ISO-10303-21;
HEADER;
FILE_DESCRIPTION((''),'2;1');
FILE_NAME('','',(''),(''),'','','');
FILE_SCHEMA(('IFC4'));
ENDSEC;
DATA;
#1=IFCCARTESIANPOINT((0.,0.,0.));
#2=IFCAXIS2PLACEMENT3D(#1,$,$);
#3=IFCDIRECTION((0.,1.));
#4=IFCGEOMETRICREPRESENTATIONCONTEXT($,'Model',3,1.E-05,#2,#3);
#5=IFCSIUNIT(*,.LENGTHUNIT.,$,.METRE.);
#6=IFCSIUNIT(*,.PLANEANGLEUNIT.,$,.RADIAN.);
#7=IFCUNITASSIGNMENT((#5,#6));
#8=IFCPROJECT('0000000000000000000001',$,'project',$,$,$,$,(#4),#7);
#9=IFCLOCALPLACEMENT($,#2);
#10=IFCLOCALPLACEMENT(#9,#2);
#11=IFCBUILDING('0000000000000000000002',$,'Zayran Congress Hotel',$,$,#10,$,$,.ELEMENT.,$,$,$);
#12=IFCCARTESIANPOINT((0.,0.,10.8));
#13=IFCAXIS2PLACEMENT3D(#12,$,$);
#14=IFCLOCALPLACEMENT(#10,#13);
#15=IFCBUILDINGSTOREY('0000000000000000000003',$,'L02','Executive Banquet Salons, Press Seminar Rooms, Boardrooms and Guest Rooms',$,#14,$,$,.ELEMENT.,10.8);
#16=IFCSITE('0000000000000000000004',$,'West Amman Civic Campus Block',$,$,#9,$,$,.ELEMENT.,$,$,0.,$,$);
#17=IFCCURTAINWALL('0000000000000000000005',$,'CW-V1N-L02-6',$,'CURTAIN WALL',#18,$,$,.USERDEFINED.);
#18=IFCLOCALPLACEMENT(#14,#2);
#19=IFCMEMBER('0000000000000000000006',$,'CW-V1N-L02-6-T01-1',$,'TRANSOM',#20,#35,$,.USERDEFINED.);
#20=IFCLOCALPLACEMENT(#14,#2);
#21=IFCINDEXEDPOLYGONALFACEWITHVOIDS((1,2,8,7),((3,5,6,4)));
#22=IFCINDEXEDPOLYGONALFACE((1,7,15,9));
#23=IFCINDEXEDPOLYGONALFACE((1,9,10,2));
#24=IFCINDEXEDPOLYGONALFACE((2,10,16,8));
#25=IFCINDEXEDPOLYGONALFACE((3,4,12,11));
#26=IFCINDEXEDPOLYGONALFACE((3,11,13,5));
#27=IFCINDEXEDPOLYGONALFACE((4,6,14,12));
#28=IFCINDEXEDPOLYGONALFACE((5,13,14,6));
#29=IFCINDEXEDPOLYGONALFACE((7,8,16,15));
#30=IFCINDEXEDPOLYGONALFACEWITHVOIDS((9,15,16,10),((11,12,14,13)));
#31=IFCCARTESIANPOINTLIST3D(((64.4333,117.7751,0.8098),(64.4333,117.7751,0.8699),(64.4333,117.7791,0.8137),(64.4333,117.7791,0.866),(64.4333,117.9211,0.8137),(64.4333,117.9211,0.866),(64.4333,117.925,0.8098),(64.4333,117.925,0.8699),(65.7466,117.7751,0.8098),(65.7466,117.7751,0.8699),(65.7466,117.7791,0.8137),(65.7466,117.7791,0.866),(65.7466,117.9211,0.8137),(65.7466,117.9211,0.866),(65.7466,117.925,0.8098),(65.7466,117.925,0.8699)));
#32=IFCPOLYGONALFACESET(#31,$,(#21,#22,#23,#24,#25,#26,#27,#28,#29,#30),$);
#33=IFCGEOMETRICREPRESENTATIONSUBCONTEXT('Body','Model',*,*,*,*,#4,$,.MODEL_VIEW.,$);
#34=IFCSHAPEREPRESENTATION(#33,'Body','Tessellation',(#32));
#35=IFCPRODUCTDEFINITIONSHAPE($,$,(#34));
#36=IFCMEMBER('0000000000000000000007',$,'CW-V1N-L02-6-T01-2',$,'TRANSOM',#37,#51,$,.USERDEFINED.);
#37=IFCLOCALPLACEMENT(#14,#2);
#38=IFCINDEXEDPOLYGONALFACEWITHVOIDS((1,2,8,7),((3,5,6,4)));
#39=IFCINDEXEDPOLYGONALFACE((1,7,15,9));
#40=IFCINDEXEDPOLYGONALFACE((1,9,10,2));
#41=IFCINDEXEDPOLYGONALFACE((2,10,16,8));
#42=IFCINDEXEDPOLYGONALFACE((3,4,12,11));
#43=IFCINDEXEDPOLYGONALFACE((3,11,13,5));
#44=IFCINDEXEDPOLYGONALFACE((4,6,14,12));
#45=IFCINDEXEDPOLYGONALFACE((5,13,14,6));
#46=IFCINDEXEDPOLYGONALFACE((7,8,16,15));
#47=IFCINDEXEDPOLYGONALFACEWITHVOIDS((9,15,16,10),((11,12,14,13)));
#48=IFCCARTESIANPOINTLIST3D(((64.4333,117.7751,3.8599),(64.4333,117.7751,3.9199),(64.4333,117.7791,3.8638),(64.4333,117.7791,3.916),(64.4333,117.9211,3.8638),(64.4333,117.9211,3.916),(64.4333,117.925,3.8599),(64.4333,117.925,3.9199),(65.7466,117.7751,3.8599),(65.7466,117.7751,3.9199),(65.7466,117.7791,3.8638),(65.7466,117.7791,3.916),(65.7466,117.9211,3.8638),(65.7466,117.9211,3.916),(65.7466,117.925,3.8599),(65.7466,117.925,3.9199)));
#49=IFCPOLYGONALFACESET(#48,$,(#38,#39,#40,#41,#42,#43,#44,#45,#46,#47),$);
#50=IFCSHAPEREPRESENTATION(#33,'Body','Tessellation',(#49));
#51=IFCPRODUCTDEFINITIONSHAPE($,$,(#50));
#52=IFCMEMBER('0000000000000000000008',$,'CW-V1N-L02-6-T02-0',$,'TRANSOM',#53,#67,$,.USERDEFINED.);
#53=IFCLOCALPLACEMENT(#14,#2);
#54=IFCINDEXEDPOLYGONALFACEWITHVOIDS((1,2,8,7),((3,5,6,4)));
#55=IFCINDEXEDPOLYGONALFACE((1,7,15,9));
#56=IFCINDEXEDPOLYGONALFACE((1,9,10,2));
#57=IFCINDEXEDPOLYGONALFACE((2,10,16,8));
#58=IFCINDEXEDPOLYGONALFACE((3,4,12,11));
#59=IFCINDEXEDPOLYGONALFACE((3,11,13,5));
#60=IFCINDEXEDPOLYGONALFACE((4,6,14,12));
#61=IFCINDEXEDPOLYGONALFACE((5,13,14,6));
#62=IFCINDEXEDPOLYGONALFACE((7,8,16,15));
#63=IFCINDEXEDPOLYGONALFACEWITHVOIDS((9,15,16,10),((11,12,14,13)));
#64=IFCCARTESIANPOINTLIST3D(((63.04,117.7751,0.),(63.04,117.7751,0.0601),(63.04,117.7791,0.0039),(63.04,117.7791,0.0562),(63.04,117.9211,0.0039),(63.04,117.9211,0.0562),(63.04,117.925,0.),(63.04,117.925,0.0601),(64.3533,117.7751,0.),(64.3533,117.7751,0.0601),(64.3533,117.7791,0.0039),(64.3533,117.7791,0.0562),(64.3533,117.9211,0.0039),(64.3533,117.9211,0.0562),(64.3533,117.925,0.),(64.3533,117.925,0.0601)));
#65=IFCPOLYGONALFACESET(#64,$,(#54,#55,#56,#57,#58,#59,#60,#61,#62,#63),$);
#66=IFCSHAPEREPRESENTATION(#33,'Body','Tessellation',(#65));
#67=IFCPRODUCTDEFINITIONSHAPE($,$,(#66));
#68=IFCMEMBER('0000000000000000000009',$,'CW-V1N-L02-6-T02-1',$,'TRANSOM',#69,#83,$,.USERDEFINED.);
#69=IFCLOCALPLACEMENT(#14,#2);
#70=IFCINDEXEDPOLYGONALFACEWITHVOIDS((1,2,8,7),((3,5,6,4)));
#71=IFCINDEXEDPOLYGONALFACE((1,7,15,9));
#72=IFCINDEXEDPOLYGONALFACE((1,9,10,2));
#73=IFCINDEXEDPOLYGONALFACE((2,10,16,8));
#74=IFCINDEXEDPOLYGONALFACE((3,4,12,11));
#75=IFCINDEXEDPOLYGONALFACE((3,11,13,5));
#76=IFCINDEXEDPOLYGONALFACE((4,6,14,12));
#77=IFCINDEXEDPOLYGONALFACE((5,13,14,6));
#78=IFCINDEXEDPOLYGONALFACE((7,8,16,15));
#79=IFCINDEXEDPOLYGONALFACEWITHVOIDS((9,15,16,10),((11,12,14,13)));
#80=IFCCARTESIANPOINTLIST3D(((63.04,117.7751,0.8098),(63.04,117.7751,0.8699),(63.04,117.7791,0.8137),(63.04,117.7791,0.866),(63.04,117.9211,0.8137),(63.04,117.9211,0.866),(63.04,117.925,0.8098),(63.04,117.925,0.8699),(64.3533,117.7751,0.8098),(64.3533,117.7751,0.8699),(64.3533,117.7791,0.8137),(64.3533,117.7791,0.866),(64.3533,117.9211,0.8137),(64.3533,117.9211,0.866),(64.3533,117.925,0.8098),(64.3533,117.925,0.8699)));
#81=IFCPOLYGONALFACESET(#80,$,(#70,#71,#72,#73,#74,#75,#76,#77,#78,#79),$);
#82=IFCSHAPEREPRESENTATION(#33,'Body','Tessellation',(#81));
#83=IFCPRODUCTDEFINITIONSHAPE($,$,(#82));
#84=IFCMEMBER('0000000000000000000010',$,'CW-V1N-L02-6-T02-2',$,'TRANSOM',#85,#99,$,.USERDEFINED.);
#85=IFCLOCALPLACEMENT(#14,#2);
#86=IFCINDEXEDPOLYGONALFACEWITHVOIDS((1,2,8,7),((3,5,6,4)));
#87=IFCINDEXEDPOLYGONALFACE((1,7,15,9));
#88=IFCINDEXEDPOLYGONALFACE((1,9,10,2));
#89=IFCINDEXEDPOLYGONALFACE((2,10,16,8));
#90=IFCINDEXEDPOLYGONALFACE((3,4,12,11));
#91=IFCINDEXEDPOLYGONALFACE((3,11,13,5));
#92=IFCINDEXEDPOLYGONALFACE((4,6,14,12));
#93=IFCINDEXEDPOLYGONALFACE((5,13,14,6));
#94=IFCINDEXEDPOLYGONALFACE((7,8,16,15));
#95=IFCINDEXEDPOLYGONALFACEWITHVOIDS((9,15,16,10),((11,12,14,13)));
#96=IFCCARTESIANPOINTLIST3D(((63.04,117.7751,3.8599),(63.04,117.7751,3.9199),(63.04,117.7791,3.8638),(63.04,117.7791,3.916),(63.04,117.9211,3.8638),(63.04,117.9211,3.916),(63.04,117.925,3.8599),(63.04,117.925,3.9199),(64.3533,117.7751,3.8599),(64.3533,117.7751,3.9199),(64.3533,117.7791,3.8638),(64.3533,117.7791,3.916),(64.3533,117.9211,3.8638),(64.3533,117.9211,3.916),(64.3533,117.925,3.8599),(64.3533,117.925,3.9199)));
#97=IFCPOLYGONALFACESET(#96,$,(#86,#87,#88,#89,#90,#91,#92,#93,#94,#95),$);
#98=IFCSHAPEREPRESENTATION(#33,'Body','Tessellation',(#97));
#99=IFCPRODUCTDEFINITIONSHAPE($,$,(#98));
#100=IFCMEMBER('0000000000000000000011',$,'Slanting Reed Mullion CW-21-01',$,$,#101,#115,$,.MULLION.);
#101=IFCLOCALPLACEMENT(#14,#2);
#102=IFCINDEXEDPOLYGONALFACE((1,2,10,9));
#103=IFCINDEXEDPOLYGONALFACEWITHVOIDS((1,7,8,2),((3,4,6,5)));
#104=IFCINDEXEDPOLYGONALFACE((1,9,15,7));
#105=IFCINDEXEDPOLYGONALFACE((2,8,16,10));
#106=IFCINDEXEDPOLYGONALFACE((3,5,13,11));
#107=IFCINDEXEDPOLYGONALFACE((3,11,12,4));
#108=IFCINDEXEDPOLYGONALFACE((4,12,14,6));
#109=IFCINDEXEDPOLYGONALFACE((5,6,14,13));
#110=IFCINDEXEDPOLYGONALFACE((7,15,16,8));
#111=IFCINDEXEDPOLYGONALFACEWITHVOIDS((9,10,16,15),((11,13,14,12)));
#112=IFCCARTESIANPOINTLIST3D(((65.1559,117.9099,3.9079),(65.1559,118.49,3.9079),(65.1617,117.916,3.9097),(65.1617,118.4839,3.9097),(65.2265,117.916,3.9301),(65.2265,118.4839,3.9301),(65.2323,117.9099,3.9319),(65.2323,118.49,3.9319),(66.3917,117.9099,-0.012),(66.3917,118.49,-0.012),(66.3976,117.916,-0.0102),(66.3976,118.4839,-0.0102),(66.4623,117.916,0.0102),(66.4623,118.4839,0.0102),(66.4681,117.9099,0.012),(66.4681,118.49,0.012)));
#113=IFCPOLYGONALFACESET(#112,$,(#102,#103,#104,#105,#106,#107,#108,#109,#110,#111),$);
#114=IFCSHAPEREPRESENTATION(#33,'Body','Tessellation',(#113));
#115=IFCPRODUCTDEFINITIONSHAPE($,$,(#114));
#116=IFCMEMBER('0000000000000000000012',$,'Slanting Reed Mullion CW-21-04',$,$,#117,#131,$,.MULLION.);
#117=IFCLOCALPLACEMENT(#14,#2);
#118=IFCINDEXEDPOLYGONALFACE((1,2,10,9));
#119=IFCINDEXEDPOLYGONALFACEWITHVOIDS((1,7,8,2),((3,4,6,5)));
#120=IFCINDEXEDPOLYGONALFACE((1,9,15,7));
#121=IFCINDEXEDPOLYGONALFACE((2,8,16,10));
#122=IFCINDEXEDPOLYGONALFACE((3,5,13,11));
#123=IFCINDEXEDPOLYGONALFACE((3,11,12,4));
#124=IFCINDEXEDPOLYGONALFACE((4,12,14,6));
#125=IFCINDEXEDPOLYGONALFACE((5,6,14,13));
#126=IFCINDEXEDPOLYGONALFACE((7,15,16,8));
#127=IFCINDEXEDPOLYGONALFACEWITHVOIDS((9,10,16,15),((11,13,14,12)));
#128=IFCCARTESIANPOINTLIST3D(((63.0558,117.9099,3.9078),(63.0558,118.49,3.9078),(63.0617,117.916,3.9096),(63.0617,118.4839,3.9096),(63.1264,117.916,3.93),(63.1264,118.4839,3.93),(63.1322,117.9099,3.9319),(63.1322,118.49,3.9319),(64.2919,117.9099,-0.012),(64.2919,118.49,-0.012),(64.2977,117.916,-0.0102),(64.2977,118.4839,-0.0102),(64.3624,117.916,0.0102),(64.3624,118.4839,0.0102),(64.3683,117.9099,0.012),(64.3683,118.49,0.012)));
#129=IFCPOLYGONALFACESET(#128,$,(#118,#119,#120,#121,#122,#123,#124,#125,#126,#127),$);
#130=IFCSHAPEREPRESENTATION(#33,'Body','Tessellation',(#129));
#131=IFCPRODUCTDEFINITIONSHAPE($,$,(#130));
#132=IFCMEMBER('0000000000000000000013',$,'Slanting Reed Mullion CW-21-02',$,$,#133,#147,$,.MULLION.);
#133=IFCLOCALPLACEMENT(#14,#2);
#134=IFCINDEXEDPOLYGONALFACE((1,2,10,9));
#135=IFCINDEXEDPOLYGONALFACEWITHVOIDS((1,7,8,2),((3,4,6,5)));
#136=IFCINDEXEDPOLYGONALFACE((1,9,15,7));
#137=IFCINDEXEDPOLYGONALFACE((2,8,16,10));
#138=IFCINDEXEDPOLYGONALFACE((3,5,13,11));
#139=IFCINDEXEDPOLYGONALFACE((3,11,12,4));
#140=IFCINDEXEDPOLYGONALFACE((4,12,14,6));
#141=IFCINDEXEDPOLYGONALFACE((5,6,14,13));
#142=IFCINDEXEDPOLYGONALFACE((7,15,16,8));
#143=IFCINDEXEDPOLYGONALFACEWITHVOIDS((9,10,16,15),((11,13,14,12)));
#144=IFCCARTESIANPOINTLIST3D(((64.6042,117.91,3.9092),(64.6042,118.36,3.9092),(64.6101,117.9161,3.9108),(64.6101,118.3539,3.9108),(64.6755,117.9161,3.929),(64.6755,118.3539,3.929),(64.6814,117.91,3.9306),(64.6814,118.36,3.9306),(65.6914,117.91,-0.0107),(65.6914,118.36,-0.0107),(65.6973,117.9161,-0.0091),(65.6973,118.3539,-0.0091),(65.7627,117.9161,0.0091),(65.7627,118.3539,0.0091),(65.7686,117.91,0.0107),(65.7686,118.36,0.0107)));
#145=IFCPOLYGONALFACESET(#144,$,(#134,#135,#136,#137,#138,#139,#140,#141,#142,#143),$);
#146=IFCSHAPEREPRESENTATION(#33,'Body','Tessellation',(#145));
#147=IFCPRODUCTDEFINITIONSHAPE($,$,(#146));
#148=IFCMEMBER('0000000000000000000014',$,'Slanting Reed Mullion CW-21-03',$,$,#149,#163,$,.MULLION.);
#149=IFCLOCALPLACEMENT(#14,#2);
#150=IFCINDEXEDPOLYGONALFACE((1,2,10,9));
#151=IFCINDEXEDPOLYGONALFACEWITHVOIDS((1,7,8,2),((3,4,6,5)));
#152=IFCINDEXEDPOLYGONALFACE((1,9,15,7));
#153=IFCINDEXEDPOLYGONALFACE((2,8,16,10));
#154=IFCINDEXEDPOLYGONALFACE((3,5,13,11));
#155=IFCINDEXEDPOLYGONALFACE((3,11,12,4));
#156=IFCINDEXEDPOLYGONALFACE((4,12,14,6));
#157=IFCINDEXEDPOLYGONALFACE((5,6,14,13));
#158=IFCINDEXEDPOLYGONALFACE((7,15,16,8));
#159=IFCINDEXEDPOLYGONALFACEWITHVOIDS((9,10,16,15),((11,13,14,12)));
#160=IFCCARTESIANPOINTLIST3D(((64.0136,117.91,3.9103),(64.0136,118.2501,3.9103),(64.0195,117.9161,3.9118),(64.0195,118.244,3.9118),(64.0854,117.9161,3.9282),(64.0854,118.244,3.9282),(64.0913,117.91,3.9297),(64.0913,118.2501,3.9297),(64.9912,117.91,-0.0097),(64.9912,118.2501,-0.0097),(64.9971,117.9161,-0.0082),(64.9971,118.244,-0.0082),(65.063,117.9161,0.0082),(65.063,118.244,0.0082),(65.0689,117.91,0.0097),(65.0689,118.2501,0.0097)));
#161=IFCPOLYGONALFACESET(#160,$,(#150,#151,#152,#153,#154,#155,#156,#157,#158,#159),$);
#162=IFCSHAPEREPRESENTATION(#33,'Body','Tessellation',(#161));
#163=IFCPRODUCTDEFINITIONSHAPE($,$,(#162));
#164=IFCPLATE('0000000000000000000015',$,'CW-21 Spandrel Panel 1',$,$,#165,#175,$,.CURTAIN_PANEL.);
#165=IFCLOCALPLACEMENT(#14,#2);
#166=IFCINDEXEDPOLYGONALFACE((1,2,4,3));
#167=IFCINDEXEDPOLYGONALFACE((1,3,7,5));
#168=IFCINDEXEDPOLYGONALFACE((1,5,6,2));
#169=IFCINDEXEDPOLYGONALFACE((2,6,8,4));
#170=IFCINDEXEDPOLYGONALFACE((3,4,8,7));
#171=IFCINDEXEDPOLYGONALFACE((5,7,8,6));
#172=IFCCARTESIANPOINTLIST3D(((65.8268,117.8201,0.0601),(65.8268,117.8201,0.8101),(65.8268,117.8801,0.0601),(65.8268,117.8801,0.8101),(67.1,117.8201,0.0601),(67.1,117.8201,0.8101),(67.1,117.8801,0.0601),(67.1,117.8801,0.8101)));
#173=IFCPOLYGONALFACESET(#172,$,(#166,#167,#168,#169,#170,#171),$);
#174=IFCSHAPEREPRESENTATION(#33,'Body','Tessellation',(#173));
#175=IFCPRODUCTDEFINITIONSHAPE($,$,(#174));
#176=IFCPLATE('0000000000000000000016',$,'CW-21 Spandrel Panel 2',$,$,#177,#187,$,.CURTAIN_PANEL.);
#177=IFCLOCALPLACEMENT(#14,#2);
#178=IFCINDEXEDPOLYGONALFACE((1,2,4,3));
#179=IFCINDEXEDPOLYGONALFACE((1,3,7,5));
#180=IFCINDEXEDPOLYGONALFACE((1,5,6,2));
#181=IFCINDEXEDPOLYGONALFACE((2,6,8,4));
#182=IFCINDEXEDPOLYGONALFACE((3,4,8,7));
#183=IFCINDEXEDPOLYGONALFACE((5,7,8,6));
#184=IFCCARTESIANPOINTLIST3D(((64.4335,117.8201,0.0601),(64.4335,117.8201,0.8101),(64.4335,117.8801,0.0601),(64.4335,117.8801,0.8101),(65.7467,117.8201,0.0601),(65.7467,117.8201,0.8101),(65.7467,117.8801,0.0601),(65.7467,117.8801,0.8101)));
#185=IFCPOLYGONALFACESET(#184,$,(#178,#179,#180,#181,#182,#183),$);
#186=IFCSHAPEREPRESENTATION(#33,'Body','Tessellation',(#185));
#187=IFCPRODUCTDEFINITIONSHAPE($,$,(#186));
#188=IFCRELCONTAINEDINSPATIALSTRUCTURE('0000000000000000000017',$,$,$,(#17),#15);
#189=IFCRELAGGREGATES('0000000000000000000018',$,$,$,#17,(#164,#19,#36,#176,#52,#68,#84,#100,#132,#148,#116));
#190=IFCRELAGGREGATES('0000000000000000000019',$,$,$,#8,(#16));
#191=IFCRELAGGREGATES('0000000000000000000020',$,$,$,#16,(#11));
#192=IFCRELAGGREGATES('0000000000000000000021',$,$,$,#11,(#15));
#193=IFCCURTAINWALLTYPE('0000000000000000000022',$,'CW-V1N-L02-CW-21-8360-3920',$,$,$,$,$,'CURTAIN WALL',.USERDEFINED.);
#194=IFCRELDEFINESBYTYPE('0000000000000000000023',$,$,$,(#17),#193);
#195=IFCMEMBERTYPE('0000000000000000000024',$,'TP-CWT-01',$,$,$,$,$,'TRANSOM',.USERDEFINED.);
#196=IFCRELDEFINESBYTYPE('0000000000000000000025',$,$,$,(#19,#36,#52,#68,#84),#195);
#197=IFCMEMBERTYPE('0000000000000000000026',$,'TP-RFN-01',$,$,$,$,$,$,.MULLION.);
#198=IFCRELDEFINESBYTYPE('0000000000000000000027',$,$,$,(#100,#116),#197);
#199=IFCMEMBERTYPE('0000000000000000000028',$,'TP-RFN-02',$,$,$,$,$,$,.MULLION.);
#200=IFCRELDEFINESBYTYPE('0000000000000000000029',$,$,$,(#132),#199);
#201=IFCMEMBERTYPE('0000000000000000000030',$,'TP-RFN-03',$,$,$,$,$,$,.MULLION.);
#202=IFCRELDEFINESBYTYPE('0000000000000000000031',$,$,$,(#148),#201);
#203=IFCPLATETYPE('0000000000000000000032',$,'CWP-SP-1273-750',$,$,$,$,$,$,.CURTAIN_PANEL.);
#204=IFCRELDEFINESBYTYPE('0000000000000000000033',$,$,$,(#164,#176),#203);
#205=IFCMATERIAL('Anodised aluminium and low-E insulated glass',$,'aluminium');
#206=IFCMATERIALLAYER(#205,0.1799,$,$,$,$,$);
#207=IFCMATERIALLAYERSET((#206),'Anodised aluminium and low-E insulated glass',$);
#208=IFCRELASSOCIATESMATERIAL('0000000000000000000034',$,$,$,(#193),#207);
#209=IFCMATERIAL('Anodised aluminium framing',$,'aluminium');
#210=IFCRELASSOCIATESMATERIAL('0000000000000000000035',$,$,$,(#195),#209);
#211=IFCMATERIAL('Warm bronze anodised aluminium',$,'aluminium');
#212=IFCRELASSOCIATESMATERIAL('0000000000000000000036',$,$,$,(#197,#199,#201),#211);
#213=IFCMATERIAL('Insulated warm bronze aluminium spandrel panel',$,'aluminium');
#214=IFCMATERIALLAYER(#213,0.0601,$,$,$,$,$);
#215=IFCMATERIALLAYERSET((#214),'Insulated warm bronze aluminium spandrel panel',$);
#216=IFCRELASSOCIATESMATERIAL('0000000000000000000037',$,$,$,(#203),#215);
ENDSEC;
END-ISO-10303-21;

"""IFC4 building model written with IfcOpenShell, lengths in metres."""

from ifc_helpers import new_model, si_unit, direction, frame, origin, origin_2d, place, context, subcontext, project, spatial, rectangle, hollow_rectangle, extrude, material, layer, layer_set, material_profile, profile_set, type_object, element, aggregate, save


model = new_model("IFC4")

# Units and contexts
model_context = context("Model", 3, precision=1e-05, world=origin(), true_north=direction((0.0, 1.0)))
body_context = subcontext(model_context, "Body", "Model", "MODEL_VIEW")
ifc_project = project(units=[si_unit("LENGTHUNIT", "METRE"), si_unit("PLANEANGLEUNIT", "RADIAN")], contexts=[model_context])

# Site, building, storey
site_placement = place(None, origin())
site = spatial("IfcSite", under=ifc_project, at=site_placement, Name="West Amman Civic Campus Block", CompositionType="ELEMENT", RefElevation=0.0)
building_placement = place(site_placement, origin())
building = spatial("IfcBuilding", under=site, at=building_placement, Name="Zayran Congress Hotel", CompositionType="ELEMENT")
storey_placement = place(building_placement, frame((0.0, 0.0, 10.8)))
storey = spatial("IfcBuildingStorey", under=building, at=storey_placement, Name="L02", Description="Executive Banquet Salons, Press Seminar Rooms, Boardrooms and Guest Rooms", CompositionType="ELEMENT", Elevation=10.8)

# Curtain wall
ifc_material_1 = material(Name="Anodised aluminium and low-E insulated glass", Category="aluminium")
ifc_layer_1 = layer(ifc_material_1, 0.1799)
ifc_layer_set_1 = layer_set([ifc_layer_1], Name="Anodised aluminium and low-E insulated glass")
curtain_wall_type_1 = type_object("IfcCurtainWallType", Name="CW-V1N-L02-CW-21-8360-3920", ElementType="CURTAIN WALL", PredefinedType="USERDEFINED", material=ifc_layer_set_1)
curtain_wall_1_placement = place(storey_placement, origin())
curtain_wall_1 = element("IfcCurtainWall", 1, at=curtain_wall_1_placement, inside=storey, type_object=curtain_wall_type_1, Name="CW-V1N-L02-6", ObjectType="CURTAIN WALL", PredefinedType="USERDEFINED")
ifc_material_2 = material(Name="Anodised aluminium framing", Category="aluminium")

# Members
ifc_material_profile_1 = material_profile(ifc_material_2, hollow_rectangle(XDim=0.0601, YDim=0.1499, WallThickness=0.0039, at=origin_2d()), Name="RHS 150x60x4")
ifc_profile_set_1 = profile_set([ifc_material_profile_1], Name="Anodised aluminium framing")
member_type_1 = type_object("IfcMemberType", Name="TP-CWT-01", ElementType="TRANSOM", PredefinedType="USERDEFINED", material=ifc_profile_set_1)
member_1_placement = place(storey_placement, frame((65.7466, 117.8501, 0.8398), z_axis=(-1.0, 0.0, 0.0), x_axis=(0.0, 0.0, 1.0)))
member_1 = element("IfcMember", 2, at=member_1_placement, type_object=member_type_1, Name="CW-V1N-L02-6-T01-1", ObjectType="TRANSOM", PredefinedType="USERDEFINED", context=body_context, shape_type="SweptSolid", body=[
    extrude(hollow_rectangle(XDim=0.0601, YDim=0.1499, WallThickness=0.0039, at=origin_2d()), origin(), (0.0, 0.0, 1.0), 1.3132),
])
member_2_placement = place(storey_placement, frame((65.7466, 117.8501, 3.8899), z_axis=(-1.0, 0.0, 0.0), x_axis=(0.0, 0.0, 1.0)))
member_2 = element("IfcMember", 3, at=member_2_placement, type_object=member_type_1, Name="CW-V1N-L02-6-T01-2", ObjectType="TRANSOM", PredefinedType="USERDEFINED", context=body_context, shape_type="SweptSolid", body=[
    extrude(hollow_rectangle(XDim=0.0601, YDim=0.1499, WallThickness=0.0039, at=origin_2d()), origin(), (0.0, 0.0, 1.0), 1.3132),
])
member_3_placement = place(storey_placement, frame((64.3533, 117.8501, 0.03), z_axis=(-1.0, 0.0, 0.0), x_axis=(0.0, 0.0, 1.0)))
member_3 = element("IfcMember", 4, at=member_3_placement, type_object=member_type_1, Name="CW-V1N-L02-6-T02-0", ObjectType="TRANSOM", PredefinedType="USERDEFINED", context=body_context, shape_type="SweptSolid", body=[
    extrude(hollow_rectangle(XDim=0.0601, YDim=0.1499, WallThickness=0.0039, at=origin_2d()), origin(), (0.0, 0.0, 1.0), 1.3132),
])
member_4_placement = place(storey_placement, frame((64.3533, 117.8501, 0.8398), z_axis=(-1.0, 0.0, 0.0), x_axis=(0.0, 0.0, 1.0)))
member_4 = element("IfcMember", 5, at=member_4_placement, type_object=member_type_1, Name="CW-V1N-L02-6-T02-1", ObjectType="TRANSOM", PredefinedType="USERDEFINED", context=body_context, shape_type="SweptSolid", body=[
    extrude(hollow_rectangle(XDim=0.0601, YDim=0.1499, WallThickness=0.0039, at=origin_2d()), origin(), (0.0, 0.0, 1.0), 1.3132),
])
member_5_placement = place(storey_placement, frame((64.3533, 117.8501, 3.8899), z_axis=(-1.0, 0.0, 0.0), x_axis=(0.0, 0.0, 1.0)))
member_5 = element("IfcMember", 6, at=member_5_placement, type_object=member_type_1, Name="CW-V1N-L02-6-T02-2", ObjectType="TRANSOM", PredefinedType="USERDEFINED", context=body_context, shape_type="SweptSolid", body=[
    extrude(hollow_rectangle(XDim=0.0601, YDim=0.1499, WallThickness=0.0039, at=origin_2d()), origin(), (0.0, 0.0, 1.0), 1.3132),
])
ifc_material_3 = material(Name="Warm bronze anodised aluminium", Category="aluminium")
ifc_material_profile_2 = material_profile(ifc_material_3, hollow_rectangle(XDim=0.0801, YDim=0.5801, WallThickness=0.0061, at=origin_2d()), Name="RHS 580x80x6")
ifc_profile_set_2 = profile_set([ifc_material_profile_2], Name="Warm bronze anodised aluminium")
member_type_2 = type_object("IfcMemberType", Name="TP-RFN-01", PredefinedType="MULLION", material=ifc_profile_set_2)
member_6_placement = place(storey_placement, frame((66.4299, 118.2, 0.0), z_axis=(-0.300682, 0.0, 0.953724), x_axis=(0.953724, 0.0, 0.300682)))
member_6 = element("IfcMember", 7, at=member_6_placement, type_object=member_type_2, Name="Slanting Reed Mullion CW-21-01", PredefinedType="MULLION", context=body_context, shape_type="SweptSolid", body=[
    extrude(hollow_rectangle(XDim=0.0801, YDim=0.5801, WallThickness=0.0061, at=origin_2d()), origin(), (0.0, 0.0, 1.0), 4.1101),
])
member_7_placement = place(storey_placement, frame((64.3301, 118.2, 0.0), z_axis=(-0.300736, 0.0, 0.953707), x_axis=(0.953707, 0.0, 0.300736)))
member_7 = element("IfcMember", 8, at=member_7_placement, type_object=member_type_2, Name="Slanting Reed Mullion CW-21-04", PredefinedType="MULLION", context=body_context, shape_type="SweptSolid", body=[
    extrude(hollow_rectangle(XDim=0.0801, YDim=0.5801, WallThickness=0.0061, at=origin_2d()), origin(), (0.0, 0.0, 1.0), 4.1101),
])
ifc_material_profile_3 = material_profile(ifc_material_3, hollow_rectangle(XDim=0.0801, YDim=0.45, WallThickness=0.0061, at=origin_2d()), Name="RHS 450x80x6")
ifc_profile_set_3 = profile_set([ifc_material_profile_3], Name="Warm bronze anodised aluminium")
member_type_3 = type_object("IfcMemberType", Name="TP-RFN-02", PredefinedType="MULLION", material=ifc_profile_set_3)
member_8_placement = place(storey_placement, frame((65.73, 118.135, 0.0), z_axis=(-0.267254, 0.0, 0.963626), x_axis=(0.963626, 0.0, 0.267254)))
member_8 = element("IfcMember", 9, at=member_8_placement, type_object=member_type_3, Name="Slanting Reed Mullion CW-21-02", PredefinedType="MULLION", context=body_context, shape_type="SweptSolid", body=[
    extrude(hollow_rectangle(XDim=0.0801, YDim=0.45, WallThickness=0.0061, at=origin_2d()), origin(), (0.0, 0.0, 1.0), 4.0679),
])
ifc_material_profile_4 = material_profile(ifc_material_3, hollow_rectangle(XDim=0.0801, YDim=0.3401, WallThickness=0.0061, at=origin_2d()), Name="RHS 340x80x6")
ifc_profile_set_4 = profile_set([ifc_material_profile_4], Name="Warm bronze anodised aluminium")
member_type_4 = type_object("IfcMemberType", Name="TP-RFN-03", PredefinedType="MULLION", material=ifc_profile_set_4)
member_9_placement = place(storey_placement, frame((65.03, 118.0801, 0.0), z_axis=(-0.241967, 0.0, 0.970285), x_axis=(0.970285, 0.0, 0.241967)))
member_9 = element("IfcMember", 10, at=member_9_placement, type_object=member_type_4, Name="Slanting Reed Mullion CW-21-03", PredefinedType="MULLION", context=body_context, shape_type="SweptSolid", body=[
    extrude(hollow_rectangle(XDim=0.0801, YDim=0.3401, WallThickness=0.0061, at=origin_2d()), origin(), (0.0, 0.0, 1.0), 4.04),
])

# Plates
ifc_material_4 = material(Name="Insulated warm bronze aluminium spandrel panel", Category="aluminium")
ifc_layer_2 = layer(ifc_material_4, 0.0601)
ifc_layer_set_2 = layer_set([ifc_layer_2], Name="Insulated warm bronze aluminium spandrel panel")
plate_type_1 = type_object("IfcPlateType", Name="CWP-SP-1273-750", PredefinedType="CURTAIN_PANEL", material=ifc_layer_set_2)
plate_1_placement = place(storey_placement, frame((66.4634, 117.8501, 0.0601), z_axis=(0.0, 0.0, 1.0), x_axis=(1.0, 0.0, 0.0)))
plate_1 = element("IfcPlate", 11, at=plate_1_placement, type_object=plate_type_1, Name="CW-21 Spandrel Panel 1", PredefinedType="CURTAIN_PANEL", context=body_context, shape_type="SweptSolid", body=[
    extrude(rectangle(XDim=1.2732, YDim=0.0601, at=origin_2d()), origin(), (0.0, 0.0, 1.0), 0.75),
])
plate_2_placement = place(storey_placement, frame((65.0901, 117.8501, 0.0601), z_axis=(0.0, 0.0, 1.0), x_axis=(1.0, 0.0, 0.0)))
plate_2 = element("IfcPlate", 12, at=plate_2_placement, type_object=plate_type_1, Name="CW-21 Spandrel Panel 2", PredefinedType="CURTAIN_PANEL", context=body_context, shape_type="SweptSolid", body=[
    extrude(rectangle(XDim=1.3132, YDim=0.0601, at=origin_2d()), origin(), (0.0, 0.0, 1.0), 0.75),
])
aggregate(curtain_wall_1, [plate_1, member_1, member_2, plate_2, member_3, member_4, member_5, member_6, member_8, member_9, member_7])

save(model, "model.ifc")
